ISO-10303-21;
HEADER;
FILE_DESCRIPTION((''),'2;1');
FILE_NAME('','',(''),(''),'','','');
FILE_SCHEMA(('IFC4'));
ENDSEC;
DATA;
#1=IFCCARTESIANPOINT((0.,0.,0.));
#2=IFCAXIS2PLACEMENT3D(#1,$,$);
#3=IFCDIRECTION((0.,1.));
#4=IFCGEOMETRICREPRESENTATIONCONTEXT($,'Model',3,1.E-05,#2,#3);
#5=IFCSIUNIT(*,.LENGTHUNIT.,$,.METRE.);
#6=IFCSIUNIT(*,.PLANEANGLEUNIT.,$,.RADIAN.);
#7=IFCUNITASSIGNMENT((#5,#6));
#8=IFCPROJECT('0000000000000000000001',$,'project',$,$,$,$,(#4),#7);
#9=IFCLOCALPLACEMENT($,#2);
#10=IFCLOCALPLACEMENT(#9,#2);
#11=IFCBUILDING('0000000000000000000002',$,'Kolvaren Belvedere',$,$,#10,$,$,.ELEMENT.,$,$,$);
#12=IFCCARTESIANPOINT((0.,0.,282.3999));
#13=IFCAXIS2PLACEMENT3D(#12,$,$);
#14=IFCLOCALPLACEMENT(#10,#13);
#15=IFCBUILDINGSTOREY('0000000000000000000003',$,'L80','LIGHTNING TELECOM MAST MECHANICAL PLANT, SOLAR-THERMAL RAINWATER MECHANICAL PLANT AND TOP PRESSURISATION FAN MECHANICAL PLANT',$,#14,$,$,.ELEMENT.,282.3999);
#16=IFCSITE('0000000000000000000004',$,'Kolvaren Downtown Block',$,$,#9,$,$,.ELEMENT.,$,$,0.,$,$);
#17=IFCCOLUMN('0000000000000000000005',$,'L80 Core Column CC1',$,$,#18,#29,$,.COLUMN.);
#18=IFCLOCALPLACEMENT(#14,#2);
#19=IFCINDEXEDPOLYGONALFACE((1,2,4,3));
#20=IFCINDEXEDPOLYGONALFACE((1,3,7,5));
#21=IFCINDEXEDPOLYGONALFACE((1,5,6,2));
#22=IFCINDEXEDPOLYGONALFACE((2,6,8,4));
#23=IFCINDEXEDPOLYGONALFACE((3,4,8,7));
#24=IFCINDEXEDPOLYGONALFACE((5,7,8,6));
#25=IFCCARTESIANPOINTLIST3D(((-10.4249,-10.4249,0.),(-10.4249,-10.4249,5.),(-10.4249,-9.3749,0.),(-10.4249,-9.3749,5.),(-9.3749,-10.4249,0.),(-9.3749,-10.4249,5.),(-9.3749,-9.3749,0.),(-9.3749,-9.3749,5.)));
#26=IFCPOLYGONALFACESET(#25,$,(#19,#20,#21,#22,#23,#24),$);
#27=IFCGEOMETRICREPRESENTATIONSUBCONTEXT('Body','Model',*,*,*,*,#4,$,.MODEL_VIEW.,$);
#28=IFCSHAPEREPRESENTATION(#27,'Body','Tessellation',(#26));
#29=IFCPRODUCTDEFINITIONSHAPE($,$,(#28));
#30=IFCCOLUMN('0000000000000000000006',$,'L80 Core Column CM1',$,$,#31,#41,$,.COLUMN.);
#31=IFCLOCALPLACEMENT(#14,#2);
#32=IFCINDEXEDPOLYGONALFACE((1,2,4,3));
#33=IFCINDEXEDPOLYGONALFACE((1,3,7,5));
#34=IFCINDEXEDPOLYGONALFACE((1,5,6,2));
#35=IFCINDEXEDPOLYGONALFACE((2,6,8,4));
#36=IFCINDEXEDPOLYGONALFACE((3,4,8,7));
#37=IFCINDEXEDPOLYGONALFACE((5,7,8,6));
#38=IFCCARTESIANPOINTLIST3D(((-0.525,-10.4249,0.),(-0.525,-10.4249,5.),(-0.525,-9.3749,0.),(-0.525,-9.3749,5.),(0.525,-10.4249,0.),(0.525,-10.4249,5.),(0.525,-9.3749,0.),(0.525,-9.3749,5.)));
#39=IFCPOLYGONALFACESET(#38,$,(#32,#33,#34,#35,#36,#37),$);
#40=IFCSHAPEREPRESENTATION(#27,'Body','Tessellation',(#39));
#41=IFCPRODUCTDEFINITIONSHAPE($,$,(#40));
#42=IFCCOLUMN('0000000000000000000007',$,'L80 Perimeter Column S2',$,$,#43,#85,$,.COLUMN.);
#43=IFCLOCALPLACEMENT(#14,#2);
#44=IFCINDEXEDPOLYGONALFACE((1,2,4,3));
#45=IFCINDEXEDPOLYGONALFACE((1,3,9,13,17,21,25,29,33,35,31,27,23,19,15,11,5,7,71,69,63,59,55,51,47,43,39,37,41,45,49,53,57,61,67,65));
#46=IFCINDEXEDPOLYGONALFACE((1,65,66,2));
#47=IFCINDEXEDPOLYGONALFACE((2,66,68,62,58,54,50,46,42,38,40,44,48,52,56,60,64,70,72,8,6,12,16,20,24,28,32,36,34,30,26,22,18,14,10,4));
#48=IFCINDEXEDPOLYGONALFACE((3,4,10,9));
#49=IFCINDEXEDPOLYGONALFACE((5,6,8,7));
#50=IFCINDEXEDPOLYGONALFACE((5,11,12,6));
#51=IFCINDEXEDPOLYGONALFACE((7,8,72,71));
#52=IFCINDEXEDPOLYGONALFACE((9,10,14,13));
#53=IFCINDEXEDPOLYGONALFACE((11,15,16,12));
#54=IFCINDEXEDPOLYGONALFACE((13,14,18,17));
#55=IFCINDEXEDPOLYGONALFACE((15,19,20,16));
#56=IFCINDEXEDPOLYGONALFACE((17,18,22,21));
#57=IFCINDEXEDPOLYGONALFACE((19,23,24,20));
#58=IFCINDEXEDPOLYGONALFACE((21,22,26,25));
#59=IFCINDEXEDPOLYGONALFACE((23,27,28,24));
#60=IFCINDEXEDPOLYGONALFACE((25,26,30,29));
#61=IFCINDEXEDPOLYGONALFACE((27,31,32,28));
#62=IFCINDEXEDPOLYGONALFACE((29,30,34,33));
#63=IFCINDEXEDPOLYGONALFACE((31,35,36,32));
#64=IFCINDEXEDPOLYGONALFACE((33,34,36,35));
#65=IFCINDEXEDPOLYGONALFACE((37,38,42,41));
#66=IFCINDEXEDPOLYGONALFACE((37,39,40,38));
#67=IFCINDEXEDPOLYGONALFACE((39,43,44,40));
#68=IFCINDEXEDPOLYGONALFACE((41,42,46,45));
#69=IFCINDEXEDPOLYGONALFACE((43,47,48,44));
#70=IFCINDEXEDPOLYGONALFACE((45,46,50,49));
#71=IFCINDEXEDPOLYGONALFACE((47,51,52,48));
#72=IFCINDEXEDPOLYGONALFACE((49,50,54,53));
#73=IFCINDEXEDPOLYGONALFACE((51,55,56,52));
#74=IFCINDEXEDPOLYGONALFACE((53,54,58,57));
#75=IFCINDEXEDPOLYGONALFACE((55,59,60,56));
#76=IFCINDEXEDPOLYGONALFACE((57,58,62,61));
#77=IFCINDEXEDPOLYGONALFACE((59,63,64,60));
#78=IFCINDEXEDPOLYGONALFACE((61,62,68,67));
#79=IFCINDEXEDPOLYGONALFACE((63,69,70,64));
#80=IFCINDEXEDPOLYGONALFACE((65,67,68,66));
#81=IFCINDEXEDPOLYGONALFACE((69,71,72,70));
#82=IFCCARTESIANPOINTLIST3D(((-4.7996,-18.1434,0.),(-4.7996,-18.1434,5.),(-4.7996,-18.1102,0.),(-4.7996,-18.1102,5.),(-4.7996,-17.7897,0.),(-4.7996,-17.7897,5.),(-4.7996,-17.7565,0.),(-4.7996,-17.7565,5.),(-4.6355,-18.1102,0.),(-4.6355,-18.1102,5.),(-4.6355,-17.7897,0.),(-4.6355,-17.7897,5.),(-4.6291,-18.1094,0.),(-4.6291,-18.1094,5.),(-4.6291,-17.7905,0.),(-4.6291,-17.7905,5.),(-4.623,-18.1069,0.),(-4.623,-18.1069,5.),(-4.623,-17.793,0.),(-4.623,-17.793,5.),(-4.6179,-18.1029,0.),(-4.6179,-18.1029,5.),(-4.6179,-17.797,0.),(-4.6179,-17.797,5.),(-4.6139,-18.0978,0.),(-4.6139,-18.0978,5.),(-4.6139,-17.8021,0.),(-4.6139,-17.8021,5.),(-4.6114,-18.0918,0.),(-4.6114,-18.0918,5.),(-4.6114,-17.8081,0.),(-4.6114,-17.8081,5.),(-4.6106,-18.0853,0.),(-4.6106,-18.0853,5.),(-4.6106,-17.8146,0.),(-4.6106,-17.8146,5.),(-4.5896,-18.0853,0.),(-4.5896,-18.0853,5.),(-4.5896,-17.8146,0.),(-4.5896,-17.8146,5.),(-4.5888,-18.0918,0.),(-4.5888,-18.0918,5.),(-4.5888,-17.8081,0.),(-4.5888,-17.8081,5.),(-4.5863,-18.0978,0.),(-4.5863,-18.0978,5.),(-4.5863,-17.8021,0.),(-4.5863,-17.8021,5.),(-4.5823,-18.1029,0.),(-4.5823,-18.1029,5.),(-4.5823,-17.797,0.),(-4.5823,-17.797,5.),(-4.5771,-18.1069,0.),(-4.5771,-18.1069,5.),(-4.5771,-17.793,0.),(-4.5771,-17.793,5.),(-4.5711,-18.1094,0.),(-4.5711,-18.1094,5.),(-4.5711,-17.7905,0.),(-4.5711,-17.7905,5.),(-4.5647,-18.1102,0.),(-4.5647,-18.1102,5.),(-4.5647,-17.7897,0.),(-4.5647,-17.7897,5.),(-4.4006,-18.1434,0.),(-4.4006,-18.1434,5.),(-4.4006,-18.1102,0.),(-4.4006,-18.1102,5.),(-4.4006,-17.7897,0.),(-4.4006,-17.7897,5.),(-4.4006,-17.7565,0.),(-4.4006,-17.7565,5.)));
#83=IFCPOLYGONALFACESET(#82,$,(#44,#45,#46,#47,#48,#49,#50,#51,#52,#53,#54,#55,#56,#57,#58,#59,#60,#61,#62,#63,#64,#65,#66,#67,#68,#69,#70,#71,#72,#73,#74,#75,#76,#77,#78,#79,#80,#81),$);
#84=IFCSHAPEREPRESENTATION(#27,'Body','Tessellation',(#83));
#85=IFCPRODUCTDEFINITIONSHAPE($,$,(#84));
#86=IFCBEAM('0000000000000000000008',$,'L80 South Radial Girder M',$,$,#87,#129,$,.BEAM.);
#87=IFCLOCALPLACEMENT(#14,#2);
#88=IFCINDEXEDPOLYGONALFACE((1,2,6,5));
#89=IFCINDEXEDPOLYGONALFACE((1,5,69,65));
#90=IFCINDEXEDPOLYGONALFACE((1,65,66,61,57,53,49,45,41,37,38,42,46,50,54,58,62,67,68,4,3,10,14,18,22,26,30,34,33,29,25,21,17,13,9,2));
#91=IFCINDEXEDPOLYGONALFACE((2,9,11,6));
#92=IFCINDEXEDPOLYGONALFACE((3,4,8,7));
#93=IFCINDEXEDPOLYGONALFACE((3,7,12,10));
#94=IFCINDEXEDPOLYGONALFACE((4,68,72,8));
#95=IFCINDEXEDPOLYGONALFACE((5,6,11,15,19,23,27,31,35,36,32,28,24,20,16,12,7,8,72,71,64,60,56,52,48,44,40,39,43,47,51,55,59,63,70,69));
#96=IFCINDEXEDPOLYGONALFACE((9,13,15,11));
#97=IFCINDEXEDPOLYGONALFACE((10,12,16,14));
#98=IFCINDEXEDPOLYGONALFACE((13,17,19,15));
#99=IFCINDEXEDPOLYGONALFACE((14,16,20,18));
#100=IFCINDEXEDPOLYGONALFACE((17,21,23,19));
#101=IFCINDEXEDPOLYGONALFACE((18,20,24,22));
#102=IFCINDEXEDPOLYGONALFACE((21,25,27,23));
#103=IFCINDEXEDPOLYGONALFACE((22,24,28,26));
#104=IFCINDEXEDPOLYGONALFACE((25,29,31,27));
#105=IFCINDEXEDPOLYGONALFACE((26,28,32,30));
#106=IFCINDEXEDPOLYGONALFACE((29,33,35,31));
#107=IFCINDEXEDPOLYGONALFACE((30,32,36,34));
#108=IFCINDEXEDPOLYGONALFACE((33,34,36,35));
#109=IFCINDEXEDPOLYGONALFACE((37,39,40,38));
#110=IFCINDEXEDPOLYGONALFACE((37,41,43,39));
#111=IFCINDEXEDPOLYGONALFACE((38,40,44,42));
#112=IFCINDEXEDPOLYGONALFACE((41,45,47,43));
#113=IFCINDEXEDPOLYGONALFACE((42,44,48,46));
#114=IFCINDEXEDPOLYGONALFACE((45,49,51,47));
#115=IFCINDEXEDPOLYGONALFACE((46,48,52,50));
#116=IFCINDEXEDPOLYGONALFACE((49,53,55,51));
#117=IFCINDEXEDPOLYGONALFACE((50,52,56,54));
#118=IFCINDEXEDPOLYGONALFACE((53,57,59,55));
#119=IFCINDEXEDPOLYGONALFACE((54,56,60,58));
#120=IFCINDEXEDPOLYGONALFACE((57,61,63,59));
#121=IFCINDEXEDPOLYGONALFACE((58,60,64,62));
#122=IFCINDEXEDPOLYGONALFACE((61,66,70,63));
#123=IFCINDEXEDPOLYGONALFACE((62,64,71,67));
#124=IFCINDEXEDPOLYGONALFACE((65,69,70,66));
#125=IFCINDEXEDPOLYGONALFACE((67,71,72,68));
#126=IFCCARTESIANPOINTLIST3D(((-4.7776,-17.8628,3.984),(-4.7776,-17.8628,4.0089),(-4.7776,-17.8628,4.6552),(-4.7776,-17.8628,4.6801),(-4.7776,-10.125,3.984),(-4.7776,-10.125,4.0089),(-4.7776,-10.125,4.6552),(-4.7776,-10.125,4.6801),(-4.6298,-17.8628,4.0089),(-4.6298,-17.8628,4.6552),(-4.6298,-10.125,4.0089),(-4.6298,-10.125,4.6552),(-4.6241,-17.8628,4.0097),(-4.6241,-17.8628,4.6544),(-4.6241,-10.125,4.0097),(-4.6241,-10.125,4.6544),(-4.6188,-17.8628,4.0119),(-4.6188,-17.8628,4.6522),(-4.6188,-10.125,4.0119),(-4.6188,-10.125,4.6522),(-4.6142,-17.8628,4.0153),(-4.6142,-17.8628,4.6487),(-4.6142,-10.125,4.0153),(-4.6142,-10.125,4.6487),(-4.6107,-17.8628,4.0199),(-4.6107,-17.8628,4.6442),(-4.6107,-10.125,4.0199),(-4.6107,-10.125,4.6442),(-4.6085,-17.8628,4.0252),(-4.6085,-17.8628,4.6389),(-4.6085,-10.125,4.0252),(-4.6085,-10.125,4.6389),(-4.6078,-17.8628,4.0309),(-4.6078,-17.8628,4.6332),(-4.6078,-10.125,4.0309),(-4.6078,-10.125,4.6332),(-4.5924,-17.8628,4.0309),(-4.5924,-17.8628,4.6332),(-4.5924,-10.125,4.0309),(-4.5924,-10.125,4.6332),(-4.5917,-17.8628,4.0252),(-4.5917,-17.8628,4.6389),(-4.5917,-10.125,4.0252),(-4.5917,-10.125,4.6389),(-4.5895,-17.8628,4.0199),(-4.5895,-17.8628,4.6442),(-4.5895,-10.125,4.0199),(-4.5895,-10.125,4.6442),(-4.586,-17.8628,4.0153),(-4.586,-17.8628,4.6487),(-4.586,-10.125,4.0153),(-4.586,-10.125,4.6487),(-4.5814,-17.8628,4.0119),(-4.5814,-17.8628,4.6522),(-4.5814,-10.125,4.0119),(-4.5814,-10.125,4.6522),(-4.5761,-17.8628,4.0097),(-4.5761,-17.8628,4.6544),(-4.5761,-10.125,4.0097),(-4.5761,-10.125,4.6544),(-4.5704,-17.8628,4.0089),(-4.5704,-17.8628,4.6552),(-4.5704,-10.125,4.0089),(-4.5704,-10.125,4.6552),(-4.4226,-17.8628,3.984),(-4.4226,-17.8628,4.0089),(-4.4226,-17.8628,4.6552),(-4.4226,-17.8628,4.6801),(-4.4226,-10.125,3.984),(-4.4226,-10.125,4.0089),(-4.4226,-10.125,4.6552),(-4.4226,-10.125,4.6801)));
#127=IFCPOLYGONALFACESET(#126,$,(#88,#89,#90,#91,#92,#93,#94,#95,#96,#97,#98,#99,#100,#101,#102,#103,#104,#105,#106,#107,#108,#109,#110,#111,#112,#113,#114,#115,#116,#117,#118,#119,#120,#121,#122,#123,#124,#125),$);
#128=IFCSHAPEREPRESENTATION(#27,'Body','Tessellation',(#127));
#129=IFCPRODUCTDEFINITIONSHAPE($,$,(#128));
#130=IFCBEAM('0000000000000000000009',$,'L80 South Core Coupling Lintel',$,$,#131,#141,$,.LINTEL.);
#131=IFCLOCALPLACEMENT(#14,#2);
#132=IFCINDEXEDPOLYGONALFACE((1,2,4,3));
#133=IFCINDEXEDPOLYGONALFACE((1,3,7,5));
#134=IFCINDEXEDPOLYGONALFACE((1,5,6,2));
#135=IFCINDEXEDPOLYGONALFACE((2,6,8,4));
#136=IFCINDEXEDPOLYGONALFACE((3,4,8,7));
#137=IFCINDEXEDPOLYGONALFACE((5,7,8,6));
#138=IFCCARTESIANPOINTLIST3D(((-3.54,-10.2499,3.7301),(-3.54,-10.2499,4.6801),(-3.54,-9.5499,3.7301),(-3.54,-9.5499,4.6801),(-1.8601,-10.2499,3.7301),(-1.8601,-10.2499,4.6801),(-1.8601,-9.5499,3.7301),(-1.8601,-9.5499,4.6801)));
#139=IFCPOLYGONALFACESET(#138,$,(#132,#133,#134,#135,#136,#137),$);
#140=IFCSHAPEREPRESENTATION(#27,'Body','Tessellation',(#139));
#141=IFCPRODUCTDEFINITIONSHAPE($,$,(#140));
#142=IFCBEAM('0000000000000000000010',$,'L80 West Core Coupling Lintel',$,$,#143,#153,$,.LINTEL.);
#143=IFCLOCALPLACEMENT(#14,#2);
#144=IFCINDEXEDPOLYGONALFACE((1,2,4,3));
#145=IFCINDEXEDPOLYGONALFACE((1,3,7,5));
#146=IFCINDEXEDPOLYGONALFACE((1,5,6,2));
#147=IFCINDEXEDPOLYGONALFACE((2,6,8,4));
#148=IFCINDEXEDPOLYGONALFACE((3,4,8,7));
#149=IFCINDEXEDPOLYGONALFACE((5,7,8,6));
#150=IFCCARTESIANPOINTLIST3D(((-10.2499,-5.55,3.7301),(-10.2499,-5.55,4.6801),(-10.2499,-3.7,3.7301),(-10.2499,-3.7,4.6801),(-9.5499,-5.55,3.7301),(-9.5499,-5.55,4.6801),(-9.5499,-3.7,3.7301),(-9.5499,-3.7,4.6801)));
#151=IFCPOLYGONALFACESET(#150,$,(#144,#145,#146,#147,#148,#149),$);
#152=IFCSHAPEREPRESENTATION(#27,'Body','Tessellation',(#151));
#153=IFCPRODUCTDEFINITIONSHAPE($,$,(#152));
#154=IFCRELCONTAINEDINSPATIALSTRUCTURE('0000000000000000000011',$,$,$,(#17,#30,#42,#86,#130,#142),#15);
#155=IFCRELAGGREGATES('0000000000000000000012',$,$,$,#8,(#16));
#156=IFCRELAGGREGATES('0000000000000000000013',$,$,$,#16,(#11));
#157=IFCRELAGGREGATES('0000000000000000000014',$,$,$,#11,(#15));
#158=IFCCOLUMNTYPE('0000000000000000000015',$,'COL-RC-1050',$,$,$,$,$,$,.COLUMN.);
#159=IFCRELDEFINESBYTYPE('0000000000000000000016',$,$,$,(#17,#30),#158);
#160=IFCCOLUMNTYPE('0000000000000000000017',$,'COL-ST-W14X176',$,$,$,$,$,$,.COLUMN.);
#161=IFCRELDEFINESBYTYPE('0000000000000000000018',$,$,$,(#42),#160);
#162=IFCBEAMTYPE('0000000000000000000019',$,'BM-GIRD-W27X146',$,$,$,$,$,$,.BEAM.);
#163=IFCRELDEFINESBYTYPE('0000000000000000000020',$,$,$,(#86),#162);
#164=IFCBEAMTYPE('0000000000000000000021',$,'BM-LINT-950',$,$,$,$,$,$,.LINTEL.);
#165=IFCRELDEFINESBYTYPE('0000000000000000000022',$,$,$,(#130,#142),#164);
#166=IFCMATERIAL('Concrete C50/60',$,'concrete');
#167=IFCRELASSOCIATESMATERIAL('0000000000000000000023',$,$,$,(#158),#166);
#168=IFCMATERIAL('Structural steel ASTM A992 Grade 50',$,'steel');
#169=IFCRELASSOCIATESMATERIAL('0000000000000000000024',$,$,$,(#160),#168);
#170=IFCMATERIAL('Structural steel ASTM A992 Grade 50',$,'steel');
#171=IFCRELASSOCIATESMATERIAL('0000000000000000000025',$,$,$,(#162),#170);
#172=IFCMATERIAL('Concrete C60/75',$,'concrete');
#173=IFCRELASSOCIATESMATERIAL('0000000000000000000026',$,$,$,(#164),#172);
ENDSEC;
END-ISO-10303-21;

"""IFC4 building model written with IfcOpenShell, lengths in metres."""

from ifc_helpers import new_model, si_unit, direction, frame, origin, origin_2d, place, context, subcontext, project, spatial, rectangle, i_section, extrude, material, material_profile, profile_set, type_object, element, save


model = new_model("IFC4")

# Units and contexts
model_context = context("Model", 3, precision=1e-05, world=origin(), true_north=direction((0.0, 1.0)))
body_context = subcontext(model_context, "Body", "Model", "MODEL_VIEW")
ifc_project = project(units=[si_unit("LENGTHUNIT", "METRE"), si_unit("PLANEANGLEUNIT", "RADIAN")], contexts=[model_context])

# Site, building, storey
site_placement = place(None, origin())
site = spatial("IfcSite", under=ifc_project, at=site_placement, Name="Kolvaren Downtown Block", CompositionType="ELEMENT", RefElevation=0.0)
building_placement = place(site_placement, origin())
building = spatial("IfcBuilding", under=site, at=building_placement, Name="Kolvaren Belvedere", CompositionType="ELEMENT")
storey_placement = place(building_placement, frame((0.0, 0.0, 282.3999)))
storey = spatial("IfcBuildingStorey", under=building, at=storey_placement, Name="L80", Description="LIGHTNING TELECOM MAST MECHANICAL PLANT, SOLAR-THERMAL RAINWATER MECHANICAL PLANT AND TOP PRESSURISATION FAN MECHANICAL PLANT", CompositionType="ELEMENT", Elevation=282.3999)

# Columns
ifc_material_1 = material(Name="Concrete C50/60", Category="concrete")
ifc_material_profile_1 = material_profile(ifc_material_1, rectangle(XDim=1.05, YDim=1.05, at=origin_2d()), Name="RC 1050X1050")
ifc_profile_set_1 = profile_set([ifc_material_profile_1], Name="Concrete C50/60")
column_type_1 = type_object("IfcColumnType", Name="COL-RC-1050", PredefinedType="COLUMN", material=ifc_profile_set_1)
for number, where, z_axis, x_axis, name in (
    (1, (-9.8999, -9.8999, 0.0), (0.0, 0.0, 1.0), (1.0, 0.0, 0.0), "L80 Core Column CC1"),
    (2, (0.0, -9.8999, 0.0), (0.0, 0.0, 1.0), (1.0, 0.0, 0.0), "L80 Core Column CM1"),
):
    element("IfcColumn", number, at=place(storey_placement, frame(where, z_axis=z_axis, x_axis=x_axis)), inside=storey, type_object=column_type_1, Name=name, PredefinedType="COLUMN", context=body_context, shape_type="SweptSolid", body=[
        extrude(rectangle(XDim=1.05, YDim=1.05, at=origin_2d()), origin(), (0.0, 0.0, 1.0), 5.0),
    ])
ifc_material_2 = material(Name="Structural steel ASTM A992 Grade 50", Category="steel")
ifc_material_profile_2 = material_profile(ifc_material_2, i_section(OverallWidth=0.3989, OverallDepth=0.387, WebThickness=0.021, FlangeThickness=0.0332, FilletRadius=0.0249, at=origin_2d()), Name="W14X176")
ifc_profile_set_2 = profile_set([ifc_material_profile_2], Name="Structural steel ASTM A992 Grade 50")
column_type_2 = type_object("IfcColumnType", Name="COL-ST-W14X176", PredefinedType="COLUMN", material=ifc_profile_set_2)
column_placement = place(storey_placement, frame((-4.6001, -17.95, 0.0), z_axis=(0.0, 0.0, 1.0), x_axis=(1.0, 0.0, 0.0)))
element("IfcColumn", 3, at=column_placement, inside=storey, type_object=column_type_2, Name="L80 Perimeter Column S2", PredefinedType="COLUMN", context=body_context, shape_type="SweptSolid", body=[
    extrude(i_section(OverallWidth=0.3989, OverallDepth=0.387, WebThickness=0.021, FlangeThickness=0.0332, FilletRadius=0.0249, at=origin_2d()), origin(), (0.0, 0.0, 1.0), 5.0),
])

# Beams
ifc_material_3 = material(Name="Structural steel ASTM A992 Grade 50", Category="steel")
ifc_material_profile_3 = material_profile(ifc_material_3, i_section(OverallWidth=0.355, OverallDepth=0.696, WebThickness=0.0154, FlangeThickness=0.0249, FilletRadius=0.022, at=origin_2d()), Name="W27X146")
ifc_profile_set_3 = profile_set([ifc_material_profile_3], Name="Structural steel ASTM A992 Grade 50")
beam_type_1 = type_object("IfcBeamType", Name="BM-GIRD-W27X146", PredefinedType="BEAM", material=ifc_profile_set_3)
beam_1_placement = place(storey_placement, frame((-4.6001, -10.125, 4.332), z_axis=(0.0, -1.0, 0.0), x_axis=(1.0, 0.0, 0.0)))
element("IfcBeam", 4, at=beam_1_placement, inside=storey, type_object=beam_type_1, Name="L80 South Radial Girder M", PredefinedType="BEAM", context=body_context, shape_type="SweptSolid", body=[
    extrude(i_section(OverallWidth=0.355, OverallDepth=0.696, WebThickness=0.0154, FlangeThickness=0.0249, FilletRadius=0.022, at=origin_2d()), origin(), (0.0, 0.0, 1.0), 7.7378),
])
ifc_material_4 = material(Name="Concrete C60/75", Category="concrete")
ifc_material_profile_4 = material_profile(ifc_material_4, rectangle(XDim=0.7, YDim=0.95, at=origin_2d()), Name="RC 700X950")
ifc_profile_set_4 = profile_set([ifc_material_profile_4], Name="Concrete C60/75")
beam_type_2 = type_object("IfcBeamType", Name="BM-LINT-950", PredefinedType="LINTEL", material=ifc_profile_set_4)
beam_2_placement = place(storey_placement, frame((-3.54, -9.8999, 4.2051), z_axis=(1.0, 0.0, 0.0), x_axis=(0.0, 1.0, 0.0)))
element("IfcBeam", 5, at=beam_2_placement, inside=storey, type_object=beam_type_2, Name="L80 South Core Coupling Lintel", PredefinedType="LINTEL", context=body_context, shape_type="SweptSolid", body=[
    extrude(rectangle(XDim=0.7, YDim=0.95, at=origin_2d()), origin(), (0.0, 0.0, 1.0), 1.6799),
])
beam_3_placement = place(storey_placement, frame((-9.8999, -5.55, 4.2051), z_axis=(0.0, 1.0, 0.0), x_axis=(-1.0, 0.0, 0.0)))
element("IfcBeam", 6, at=beam_3_placement, inside=storey, type_object=beam_type_2, Name="L80 West Core Coupling Lintel", PredefinedType="LINTEL", context=body_context, shape_type="SweptSolid", body=[
    extrude(rectangle(XDim=0.7, YDim=0.95, at=origin_2d()), origin(), (0.0, 0.0, 1.0), 1.8501),
])

save(model, "model.ifc")
